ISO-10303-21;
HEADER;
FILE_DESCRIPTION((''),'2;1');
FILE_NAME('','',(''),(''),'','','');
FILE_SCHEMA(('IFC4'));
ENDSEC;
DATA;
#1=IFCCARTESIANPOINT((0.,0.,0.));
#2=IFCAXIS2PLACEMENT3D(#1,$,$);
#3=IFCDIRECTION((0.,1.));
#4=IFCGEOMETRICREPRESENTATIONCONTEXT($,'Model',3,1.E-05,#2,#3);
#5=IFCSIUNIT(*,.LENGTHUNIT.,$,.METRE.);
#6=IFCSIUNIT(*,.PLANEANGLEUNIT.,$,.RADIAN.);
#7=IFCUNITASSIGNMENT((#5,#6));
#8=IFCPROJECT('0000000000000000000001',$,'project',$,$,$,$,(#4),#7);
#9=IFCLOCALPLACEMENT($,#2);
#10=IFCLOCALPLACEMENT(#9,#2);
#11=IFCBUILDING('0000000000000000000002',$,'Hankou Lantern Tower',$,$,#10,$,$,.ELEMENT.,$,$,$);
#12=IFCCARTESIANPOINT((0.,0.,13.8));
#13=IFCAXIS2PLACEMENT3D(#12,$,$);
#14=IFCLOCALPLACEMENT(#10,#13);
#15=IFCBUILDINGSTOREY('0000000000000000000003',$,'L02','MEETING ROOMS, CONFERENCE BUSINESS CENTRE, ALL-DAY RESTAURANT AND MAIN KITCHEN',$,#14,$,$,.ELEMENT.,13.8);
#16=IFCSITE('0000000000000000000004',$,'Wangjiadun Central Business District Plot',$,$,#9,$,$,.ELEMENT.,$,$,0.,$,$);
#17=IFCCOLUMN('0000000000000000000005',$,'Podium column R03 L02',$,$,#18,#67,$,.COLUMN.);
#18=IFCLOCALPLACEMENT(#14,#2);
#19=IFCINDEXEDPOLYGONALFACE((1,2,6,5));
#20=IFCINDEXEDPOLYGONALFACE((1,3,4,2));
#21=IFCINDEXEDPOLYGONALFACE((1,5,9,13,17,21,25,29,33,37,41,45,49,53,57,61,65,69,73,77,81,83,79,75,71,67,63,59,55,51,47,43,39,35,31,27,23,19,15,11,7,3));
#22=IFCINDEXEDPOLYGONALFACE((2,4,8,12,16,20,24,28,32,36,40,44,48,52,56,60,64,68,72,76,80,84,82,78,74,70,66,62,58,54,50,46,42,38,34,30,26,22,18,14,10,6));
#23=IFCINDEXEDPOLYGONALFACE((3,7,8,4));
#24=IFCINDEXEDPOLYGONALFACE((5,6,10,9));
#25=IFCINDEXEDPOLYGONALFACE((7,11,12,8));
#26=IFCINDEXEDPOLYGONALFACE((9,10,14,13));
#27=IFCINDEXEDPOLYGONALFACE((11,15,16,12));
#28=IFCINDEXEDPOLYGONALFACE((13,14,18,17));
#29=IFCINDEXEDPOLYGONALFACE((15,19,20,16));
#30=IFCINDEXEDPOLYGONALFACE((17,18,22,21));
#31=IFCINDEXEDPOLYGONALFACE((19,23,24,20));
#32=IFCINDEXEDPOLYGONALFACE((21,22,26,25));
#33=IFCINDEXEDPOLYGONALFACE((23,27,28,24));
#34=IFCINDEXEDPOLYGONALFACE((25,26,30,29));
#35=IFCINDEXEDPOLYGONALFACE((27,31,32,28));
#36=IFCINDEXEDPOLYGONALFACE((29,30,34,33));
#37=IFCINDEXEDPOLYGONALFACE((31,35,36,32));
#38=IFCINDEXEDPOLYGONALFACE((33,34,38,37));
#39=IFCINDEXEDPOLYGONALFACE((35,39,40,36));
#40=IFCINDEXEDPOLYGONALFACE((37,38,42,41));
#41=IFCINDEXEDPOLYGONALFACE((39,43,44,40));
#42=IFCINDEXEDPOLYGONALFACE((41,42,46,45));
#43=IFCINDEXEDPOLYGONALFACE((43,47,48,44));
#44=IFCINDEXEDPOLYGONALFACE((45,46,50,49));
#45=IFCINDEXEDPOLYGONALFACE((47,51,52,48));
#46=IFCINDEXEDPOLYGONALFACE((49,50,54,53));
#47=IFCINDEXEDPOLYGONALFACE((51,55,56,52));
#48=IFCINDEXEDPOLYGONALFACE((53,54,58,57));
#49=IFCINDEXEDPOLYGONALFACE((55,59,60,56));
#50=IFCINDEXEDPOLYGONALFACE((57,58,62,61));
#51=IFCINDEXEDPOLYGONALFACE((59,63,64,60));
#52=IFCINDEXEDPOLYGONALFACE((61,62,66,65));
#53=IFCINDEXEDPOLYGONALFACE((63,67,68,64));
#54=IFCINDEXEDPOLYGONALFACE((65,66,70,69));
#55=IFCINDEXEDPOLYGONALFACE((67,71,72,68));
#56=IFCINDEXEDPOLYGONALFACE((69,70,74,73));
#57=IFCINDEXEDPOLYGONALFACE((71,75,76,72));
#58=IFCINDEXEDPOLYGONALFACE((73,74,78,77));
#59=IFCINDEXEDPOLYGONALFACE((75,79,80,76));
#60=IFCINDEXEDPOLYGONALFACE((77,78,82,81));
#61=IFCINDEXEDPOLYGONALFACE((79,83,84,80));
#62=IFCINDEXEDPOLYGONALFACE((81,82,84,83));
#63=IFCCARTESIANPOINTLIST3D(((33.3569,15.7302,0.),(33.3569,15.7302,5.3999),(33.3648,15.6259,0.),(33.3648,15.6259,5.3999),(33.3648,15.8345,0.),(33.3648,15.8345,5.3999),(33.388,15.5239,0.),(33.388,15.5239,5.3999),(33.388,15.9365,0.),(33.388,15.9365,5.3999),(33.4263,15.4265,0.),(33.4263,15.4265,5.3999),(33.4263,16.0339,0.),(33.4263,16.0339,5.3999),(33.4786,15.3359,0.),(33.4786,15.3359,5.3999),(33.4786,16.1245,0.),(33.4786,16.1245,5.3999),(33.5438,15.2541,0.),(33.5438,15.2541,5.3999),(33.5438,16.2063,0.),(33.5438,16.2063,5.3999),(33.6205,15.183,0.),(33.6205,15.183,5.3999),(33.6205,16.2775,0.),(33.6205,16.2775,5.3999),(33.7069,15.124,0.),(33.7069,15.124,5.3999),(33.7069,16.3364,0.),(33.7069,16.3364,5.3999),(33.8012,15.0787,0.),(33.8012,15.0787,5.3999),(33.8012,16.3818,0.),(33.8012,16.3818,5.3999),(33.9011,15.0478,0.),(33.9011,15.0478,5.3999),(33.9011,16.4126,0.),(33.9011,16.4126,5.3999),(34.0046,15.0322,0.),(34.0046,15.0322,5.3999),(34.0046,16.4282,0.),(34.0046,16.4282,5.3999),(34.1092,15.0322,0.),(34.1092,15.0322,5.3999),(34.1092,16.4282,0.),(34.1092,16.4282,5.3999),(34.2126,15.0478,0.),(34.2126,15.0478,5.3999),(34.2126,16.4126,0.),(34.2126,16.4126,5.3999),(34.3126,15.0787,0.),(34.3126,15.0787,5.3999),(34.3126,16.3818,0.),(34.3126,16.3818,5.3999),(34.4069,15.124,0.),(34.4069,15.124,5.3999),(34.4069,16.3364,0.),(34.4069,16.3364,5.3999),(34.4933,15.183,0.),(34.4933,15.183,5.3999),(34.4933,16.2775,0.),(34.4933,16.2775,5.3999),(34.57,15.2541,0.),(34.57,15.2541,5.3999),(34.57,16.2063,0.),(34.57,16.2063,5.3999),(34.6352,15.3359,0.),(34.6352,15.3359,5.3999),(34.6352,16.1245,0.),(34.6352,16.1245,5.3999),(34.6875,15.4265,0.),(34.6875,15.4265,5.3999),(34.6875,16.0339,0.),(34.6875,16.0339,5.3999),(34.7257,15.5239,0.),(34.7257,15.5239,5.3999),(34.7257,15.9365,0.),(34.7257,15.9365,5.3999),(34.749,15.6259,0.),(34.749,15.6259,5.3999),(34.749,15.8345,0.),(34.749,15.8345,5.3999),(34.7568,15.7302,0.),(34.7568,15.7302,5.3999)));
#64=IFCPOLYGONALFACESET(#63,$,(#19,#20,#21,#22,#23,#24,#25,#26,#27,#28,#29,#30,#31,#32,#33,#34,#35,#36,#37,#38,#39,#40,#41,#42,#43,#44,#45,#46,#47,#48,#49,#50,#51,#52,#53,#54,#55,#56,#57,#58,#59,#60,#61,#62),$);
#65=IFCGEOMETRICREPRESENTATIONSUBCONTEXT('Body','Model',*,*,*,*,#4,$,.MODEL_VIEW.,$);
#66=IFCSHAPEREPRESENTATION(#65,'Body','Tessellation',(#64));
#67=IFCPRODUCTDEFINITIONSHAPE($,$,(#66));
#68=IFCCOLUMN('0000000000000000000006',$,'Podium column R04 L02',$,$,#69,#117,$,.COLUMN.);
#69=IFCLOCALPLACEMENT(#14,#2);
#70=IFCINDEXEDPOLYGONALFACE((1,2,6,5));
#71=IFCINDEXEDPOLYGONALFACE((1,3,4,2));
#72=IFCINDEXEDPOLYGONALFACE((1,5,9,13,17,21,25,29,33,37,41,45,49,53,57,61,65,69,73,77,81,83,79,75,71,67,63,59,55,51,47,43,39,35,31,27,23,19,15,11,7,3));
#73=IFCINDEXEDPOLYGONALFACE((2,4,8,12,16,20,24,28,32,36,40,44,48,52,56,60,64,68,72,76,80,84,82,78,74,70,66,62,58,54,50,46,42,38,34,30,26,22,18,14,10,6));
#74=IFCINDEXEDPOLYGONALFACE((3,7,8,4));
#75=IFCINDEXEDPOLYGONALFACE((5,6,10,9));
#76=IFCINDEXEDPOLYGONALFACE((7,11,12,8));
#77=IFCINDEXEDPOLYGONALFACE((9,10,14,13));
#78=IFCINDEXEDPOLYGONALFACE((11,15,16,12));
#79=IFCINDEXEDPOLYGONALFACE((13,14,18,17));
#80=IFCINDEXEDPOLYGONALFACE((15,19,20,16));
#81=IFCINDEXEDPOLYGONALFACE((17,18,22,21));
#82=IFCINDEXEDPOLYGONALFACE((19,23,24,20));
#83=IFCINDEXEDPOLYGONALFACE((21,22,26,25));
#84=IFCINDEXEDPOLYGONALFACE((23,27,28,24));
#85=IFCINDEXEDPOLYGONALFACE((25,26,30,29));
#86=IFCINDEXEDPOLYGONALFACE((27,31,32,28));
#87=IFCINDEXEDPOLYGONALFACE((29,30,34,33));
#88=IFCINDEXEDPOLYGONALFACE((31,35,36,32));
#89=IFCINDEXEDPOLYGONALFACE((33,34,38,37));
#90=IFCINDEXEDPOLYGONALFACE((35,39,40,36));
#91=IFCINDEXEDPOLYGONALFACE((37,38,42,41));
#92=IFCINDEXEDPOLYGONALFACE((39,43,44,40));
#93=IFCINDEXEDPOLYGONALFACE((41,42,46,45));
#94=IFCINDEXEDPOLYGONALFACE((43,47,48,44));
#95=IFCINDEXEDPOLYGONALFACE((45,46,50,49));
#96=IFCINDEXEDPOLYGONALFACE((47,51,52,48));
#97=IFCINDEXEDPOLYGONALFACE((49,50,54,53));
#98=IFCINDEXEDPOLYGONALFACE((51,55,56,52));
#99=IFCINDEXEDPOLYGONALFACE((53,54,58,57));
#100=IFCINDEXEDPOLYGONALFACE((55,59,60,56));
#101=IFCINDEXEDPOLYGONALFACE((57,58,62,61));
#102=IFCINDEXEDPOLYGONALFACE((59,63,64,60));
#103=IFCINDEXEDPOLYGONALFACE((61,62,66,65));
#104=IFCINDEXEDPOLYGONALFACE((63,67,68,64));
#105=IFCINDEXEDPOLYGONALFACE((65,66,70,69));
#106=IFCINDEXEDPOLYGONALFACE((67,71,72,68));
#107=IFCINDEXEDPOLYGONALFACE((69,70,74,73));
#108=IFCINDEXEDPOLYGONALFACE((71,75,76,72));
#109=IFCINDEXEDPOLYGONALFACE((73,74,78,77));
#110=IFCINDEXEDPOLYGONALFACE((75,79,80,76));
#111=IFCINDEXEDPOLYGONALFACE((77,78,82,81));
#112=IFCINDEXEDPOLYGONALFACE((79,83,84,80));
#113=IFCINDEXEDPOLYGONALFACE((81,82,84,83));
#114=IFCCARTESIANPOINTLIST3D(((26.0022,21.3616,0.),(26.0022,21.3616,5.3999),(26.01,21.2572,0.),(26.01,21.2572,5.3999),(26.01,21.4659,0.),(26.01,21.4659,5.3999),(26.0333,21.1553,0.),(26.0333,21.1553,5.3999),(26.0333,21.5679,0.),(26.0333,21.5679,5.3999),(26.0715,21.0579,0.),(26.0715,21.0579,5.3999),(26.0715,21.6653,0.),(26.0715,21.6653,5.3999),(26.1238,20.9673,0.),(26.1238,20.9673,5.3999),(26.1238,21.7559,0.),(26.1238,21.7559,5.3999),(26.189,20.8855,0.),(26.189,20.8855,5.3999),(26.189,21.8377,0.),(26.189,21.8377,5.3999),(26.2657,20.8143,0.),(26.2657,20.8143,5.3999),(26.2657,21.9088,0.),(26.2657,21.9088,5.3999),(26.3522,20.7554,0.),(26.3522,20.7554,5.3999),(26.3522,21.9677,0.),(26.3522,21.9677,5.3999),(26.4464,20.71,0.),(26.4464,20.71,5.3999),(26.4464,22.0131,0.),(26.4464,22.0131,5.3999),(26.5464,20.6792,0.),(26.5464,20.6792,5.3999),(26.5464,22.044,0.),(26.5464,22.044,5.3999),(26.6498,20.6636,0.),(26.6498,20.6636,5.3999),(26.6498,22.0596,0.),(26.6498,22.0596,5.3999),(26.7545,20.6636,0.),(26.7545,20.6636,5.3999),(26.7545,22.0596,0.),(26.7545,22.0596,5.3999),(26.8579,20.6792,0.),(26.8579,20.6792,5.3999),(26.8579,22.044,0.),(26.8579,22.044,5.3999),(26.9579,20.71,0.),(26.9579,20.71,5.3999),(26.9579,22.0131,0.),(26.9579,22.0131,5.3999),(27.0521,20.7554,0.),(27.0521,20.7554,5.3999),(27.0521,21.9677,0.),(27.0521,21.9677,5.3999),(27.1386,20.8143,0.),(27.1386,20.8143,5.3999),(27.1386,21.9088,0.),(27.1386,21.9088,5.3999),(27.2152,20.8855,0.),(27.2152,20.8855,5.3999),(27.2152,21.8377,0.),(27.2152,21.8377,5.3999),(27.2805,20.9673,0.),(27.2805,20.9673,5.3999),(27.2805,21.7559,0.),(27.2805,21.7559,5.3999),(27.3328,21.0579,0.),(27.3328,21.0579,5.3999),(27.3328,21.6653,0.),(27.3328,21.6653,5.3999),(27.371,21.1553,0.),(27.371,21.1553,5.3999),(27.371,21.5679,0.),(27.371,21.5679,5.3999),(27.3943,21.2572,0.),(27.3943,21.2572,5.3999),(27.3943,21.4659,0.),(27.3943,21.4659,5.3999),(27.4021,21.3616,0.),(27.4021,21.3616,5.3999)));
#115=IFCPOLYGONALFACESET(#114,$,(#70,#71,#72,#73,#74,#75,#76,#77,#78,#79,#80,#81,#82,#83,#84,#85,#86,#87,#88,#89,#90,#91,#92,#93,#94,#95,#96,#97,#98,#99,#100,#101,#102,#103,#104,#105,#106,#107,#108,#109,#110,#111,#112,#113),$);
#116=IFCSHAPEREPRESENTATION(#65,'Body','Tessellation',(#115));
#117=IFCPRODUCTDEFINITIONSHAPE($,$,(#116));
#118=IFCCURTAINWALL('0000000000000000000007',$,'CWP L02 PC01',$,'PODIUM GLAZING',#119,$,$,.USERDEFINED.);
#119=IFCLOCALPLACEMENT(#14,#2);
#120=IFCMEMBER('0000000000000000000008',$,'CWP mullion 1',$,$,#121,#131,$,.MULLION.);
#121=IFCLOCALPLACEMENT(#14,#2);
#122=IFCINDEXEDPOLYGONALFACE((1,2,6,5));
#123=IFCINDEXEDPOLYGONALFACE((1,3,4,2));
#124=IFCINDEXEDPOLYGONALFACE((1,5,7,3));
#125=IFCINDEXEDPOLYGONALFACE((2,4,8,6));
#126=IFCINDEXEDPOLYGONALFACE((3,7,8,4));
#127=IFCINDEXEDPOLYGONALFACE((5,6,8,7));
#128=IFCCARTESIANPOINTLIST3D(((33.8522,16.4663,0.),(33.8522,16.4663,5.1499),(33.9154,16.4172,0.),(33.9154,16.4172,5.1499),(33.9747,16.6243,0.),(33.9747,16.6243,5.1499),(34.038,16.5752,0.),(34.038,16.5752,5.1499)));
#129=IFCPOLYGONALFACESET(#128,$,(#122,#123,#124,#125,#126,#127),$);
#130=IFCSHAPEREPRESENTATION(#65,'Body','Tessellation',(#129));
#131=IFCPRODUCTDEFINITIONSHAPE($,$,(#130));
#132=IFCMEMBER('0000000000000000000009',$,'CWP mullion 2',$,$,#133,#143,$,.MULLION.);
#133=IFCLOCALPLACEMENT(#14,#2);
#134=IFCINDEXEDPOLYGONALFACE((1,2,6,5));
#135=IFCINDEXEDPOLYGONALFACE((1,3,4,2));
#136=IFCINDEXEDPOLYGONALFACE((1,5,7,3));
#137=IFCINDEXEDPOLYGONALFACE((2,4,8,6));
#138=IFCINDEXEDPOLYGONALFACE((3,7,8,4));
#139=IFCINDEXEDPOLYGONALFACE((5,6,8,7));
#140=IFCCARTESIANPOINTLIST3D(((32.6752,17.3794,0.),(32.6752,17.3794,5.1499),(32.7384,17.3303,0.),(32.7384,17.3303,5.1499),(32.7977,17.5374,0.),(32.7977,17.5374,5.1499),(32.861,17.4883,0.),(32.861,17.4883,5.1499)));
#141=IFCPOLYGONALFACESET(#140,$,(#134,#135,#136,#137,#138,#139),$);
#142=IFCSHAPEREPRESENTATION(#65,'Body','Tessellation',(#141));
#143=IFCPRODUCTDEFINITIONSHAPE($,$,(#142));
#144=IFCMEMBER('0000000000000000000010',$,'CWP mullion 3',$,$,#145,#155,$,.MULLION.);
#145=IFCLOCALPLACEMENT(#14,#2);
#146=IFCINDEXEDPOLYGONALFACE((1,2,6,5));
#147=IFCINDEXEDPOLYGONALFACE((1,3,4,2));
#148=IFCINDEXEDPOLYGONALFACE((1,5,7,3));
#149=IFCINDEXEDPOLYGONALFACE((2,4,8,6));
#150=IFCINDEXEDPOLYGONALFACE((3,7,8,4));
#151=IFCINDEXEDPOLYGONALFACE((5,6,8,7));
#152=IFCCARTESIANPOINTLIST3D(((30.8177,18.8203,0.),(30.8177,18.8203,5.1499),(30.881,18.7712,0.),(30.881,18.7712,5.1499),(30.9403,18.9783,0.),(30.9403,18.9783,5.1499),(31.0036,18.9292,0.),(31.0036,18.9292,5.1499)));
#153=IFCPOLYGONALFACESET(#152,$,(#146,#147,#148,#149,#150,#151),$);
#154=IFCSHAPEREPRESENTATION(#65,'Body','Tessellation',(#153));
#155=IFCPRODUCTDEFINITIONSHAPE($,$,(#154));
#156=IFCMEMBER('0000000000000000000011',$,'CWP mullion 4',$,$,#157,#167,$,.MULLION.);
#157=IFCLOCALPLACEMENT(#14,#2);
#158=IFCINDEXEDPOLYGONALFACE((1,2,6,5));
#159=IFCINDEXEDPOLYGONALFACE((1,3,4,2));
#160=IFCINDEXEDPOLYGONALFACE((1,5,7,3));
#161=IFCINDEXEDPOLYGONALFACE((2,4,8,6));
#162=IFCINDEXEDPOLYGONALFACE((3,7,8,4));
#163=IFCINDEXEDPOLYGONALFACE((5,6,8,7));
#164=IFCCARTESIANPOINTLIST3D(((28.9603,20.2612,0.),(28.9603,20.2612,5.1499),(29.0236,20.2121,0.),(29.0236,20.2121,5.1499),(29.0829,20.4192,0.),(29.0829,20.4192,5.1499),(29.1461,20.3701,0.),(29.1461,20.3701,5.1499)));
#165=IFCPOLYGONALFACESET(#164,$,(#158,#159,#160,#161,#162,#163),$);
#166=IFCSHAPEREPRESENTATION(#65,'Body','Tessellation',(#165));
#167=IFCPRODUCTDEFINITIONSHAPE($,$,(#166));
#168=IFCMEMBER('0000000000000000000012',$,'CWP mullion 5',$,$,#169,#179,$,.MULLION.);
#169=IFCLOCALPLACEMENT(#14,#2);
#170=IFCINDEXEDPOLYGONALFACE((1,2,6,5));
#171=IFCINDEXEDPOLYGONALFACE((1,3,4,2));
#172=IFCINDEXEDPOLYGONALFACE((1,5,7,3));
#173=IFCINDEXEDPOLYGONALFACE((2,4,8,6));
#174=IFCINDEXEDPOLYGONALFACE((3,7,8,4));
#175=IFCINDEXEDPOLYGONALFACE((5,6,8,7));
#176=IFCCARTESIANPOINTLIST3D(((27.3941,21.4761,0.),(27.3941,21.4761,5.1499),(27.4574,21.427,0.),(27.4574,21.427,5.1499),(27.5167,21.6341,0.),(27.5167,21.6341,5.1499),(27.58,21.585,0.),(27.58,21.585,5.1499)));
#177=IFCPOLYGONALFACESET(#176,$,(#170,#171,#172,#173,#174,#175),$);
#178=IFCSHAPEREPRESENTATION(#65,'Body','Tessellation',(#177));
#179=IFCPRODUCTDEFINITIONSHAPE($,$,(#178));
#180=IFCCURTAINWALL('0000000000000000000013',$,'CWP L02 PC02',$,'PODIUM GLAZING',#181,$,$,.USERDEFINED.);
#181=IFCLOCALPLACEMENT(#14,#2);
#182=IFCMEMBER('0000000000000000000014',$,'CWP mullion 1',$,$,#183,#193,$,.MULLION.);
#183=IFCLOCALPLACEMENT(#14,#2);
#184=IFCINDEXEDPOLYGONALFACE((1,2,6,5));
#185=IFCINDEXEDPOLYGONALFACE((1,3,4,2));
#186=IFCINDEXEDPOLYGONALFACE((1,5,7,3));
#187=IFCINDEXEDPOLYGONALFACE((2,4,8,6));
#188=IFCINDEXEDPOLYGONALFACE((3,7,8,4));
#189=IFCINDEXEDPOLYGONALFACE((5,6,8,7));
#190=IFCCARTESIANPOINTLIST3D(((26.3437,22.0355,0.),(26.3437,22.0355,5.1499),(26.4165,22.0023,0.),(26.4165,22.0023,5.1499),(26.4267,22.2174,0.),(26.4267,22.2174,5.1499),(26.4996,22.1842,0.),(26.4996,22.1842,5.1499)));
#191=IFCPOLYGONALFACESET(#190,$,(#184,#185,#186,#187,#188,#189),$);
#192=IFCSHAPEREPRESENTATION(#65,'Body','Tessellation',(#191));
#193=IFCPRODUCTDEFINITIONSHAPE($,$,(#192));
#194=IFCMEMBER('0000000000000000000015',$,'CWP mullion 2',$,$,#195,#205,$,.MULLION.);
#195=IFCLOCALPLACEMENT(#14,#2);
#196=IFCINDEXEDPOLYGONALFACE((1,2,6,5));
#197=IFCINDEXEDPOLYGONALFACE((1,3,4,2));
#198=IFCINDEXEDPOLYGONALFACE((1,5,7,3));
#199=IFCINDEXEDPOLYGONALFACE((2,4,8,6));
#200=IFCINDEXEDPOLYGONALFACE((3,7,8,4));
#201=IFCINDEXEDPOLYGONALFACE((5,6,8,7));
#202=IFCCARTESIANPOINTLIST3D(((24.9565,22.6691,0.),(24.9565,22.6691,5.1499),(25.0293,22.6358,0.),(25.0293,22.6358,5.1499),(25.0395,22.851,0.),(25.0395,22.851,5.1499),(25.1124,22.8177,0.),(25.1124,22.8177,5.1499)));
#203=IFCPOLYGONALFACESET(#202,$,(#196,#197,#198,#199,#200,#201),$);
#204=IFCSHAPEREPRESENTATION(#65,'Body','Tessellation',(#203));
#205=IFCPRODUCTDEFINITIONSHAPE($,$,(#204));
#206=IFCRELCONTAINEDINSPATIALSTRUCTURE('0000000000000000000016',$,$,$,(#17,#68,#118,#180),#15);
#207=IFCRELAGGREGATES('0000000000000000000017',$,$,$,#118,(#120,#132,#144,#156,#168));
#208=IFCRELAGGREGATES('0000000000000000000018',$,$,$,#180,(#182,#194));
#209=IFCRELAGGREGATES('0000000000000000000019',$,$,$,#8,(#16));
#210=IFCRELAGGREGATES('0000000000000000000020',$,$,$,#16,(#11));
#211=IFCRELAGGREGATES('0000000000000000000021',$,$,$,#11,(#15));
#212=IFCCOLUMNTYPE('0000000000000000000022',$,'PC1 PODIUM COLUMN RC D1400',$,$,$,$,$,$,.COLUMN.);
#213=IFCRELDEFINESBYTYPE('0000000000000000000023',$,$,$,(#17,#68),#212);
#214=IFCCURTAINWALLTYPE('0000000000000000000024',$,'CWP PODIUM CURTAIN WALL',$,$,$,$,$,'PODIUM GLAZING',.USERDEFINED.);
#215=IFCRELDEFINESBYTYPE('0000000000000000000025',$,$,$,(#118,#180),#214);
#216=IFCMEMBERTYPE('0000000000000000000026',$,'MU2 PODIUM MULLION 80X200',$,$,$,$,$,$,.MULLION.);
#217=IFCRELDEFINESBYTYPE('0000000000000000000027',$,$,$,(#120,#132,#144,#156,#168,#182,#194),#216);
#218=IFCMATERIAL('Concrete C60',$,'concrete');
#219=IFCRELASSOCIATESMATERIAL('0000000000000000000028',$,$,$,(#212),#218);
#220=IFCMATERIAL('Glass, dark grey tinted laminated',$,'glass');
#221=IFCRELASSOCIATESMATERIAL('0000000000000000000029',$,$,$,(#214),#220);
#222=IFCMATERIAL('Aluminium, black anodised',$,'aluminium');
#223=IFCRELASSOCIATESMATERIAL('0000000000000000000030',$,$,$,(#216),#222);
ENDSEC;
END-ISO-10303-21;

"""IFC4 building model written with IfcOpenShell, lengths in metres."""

from ifc_helpers import new_model, si_unit, direction, frame, origin, origin_2d, place, context, subcontext, project, spatial, rectangle, circle, extrude, material, material_profile, profile_set, type_object, element, aggregate, save


model = new_model("IFC4")

# Units and contexts
model_context = context("Model", 3, precision=1e-05, world=origin(), true_north=direction((0.0, 1.0)))
body_context = subcontext(model_context, "Body", "Model", "MODEL_VIEW")
ifc_project = project(units=[si_unit("LENGTHUNIT", "METRE"), si_unit("PLANEANGLEUNIT", "RADIAN")], contexts=[model_context])

# Site, building, storey
site_placement = place(None, origin())
site = spatial("IfcSite", under=ifc_project, at=site_placement, Name="Wangjiadun Central Business District Plot", CompositionType="ELEMENT", RefElevation=0.0)
building_placement = place(site_placement, origin())
building = spatial("IfcBuilding", under=site, at=building_placement, Name="Hankou Lantern Tower", CompositionType="ELEMENT")
storey_placement = place(building_placement, frame((0.0, 0.0, 13.8)))
storey = spatial("IfcBuildingStorey", under=building, at=storey_placement, Name="L02", Description="MEETING ROOMS, CONFERENCE BUSINESS CENTRE, ALL-DAY RESTAURANT AND MAIN KITCHEN", CompositionType="ELEMENT", Elevation=13.8)

# Columns
ifc_material_1 = material(Name="Concrete C60", Category="concrete")
ifc_material_profile_1 = material_profile(ifc_material_1, circle(Radius=0.7, at=origin_2d()), Name="RC D1400")
ifc_profile_set_1 = profile_set([ifc_material_profile_1], Name="Concrete C60")
column_type = type_object("IfcColumnType", Name="PC1 PODIUM COLUMN RC D1400", PredefinedType="COLUMN", material=ifc_profile_set_1)
for number, where, z_axis, x_axis, name in (
    (1, (34.0569, 15.7302, 0.0), (0.0, 0.0, 1.0), (1.0, 0.0, 0.0), "Podium column R03 L02"),
    (2, (26.7021, 21.3616, 0.0), (0.0, 0.0, 1.0), (1.0, 0.0, 0.0), "Podium column R04 L02"),
):
    element("IfcColumn", number, at=place(storey_placement, frame(where, z_axis=z_axis, x_axis=x_axis)), inside=storey, type_object=column_type, Name=name, PredefinedType="COLUMN", context=body_context, shape_type="SweptSolid", body=[
        extrude(circle(Radius=0.7, at=origin_2d()), origin(), (0.0, 0.0, 1.0), 5.3999),
    ])

# Curtain walls, members
ifc_material_2 = material(Name="Glass, dark grey tinted laminated", Category="glass")
curtain_wall_type = type_object("IfcCurtainWallType", Name="CWP PODIUM CURTAIN WALL", ElementType="PODIUM GLAZING", PredefinedType="USERDEFINED", material=ifc_material_2)
curtain_wall_1_placement = place(storey_placement, origin())
curtain_wall_1 = element("IfcCurtainWall", 3, at=curtain_wall_1_placement, inside=storey, type_object=curtain_wall_type, Name="CWP L02 PC01", ObjectType="PODIUM GLAZING", PredefinedType="USERDEFINED")
ifc_material_3 = material(Name="Aluminium, black anodised", Category="aluminium")
ifc_material_profile_2 = material_profile(ifc_material_3, rectangle(XDim=0.0801, YDim=0.2, at=origin_2d()), Name="MU2 80X200")
ifc_profile_set_2 = profile_set([ifc_material_profile_2], Name="Aluminium, black anodised")
member_type_1 = type_object("IfcMemberType", Name="MU2 PODIUM MULLION 80X200", PredefinedType="MULLION", material=ifc_profile_set_2)
member_1_placement = place(storey_placement, frame((33.9451, 16.5208, 0.0), z_axis=(0.0, 0.0, 1.0), x_axis=(-0.79013, 0.61294, 0.0)))
member_1 = element("IfcMember", 4, at=member_1_placement, type_object=member_type_1, Name="CWP mullion 1", PredefinedType="MULLION", context=body_context, shape_type="SweptSolid", body=[
    extrude(rectangle(XDim=0.0801, YDim=0.2, at=origin_2d()), origin(), (0.0, 0.0, 1.0), 5.1499),
])
member_2_placement = place(storey_placement, frame((32.7681, 17.4338, 0.0), z_axis=(0.0, 0.0, 1.0), x_axis=(-0.79013, 0.61294, 0.0)))
member_2 = element("IfcMember", 5, at=member_2_placement, type_object=member_type_1, Name="CWP mullion 2", PredefinedType="MULLION", context=body_context, shape_type="SweptSolid", body=[
    extrude(rectangle(XDim=0.0801, YDim=0.2, at=origin_2d()), origin(), (0.0, 0.0, 1.0), 5.1499),
])
member_3_placement = place(storey_placement, frame((30.9106, 18.8748, 0.0), z_axis=(0.0, 0.0, 1.0), x_axis=(-0.79013, 0.61294, 0.0)))
member_3 = element("IfcMember", 6, at=member_3_placement, type_object=member_type_1, Name="CWP mullion 3", PredefinedType="MULLION", context=body_context, shape_type="SweptSolid", body=[
    extrude(rectangle(XDim=0.0801, YDim=0.2, at=origin_2d()), origin(), (0.0, 0.0, 1.0), 5.1499),
])
member_4_placement = place(storey_placement, frame((29.0532, 20.3157, 0.0), z_axis=(0.0, 0.0, 1.0), x_axis=(-0.79013, 0.61294, 0.0)))
member_4 = element("IfcMember", 7, at=member_4_placement, type_object=member_type_1, Name="CWP mullion 4", PredefinedType="MULLION", context=body_context, shape_type="SweptSolid", body=[
    extrude(rectangle(XDim=0.0801, YDim=0.2, at=origin_2d()), origin(), (0.0, 0.0, 1.0), 5.1499),
])
member_5_placement = place(storey_placement, frame((27.4871, 21.5305, 0.0), z_axis=(0.0, 0.0, 1.0), x_axis=(-0.79013, 0.61294, 0.0)))
member_5 = element("IfcMember", 8, at=member_5_placement, type_object=member_type_1, Name="CWP mullion 5", PredefinedType="MULLION", context=body_context, shape_type="SweptSolid", body=[
    extrude(rectangle(XDim=0.0801, YDim=0.2, at=origin_2d()), origin(), (0.0, 0.0, 1.0), 5.1499),
])
curtain_wall_2_placement = place(storey_placement, origin())
curtain_wall_2 = element("IfcCurtainWall", 9, at=curtain_wall_2_placement, inside=storey, type_object=curtain_wall_type, Name="CWP L02 PC02", ObjectType="PODIUM GLAZING", PredefinedType="USERDEFINED")
member_6_placement = place(storey_placement, frame((26.4216, 22.1099, 0.0), z_axis=(0.0, 0.0, 1.0), x_axis=(-0.90967, 0.415332, 0.0)))
member_6 = element("IfcMember", 10, at=member_6_placement, type_object=member_type_1, Name="CWP mullion 1", PredefinedType="MULLION", context=body_context, shape_type="SweptSolid", body=[
    extrude(rectangle(XDim=0.0801, YDim=0.2, at=origin_2d()), origin(), (0.0, 0.0, 1.0), 5.1499),
])
member_7_placement = place(storey_placement, frame((25.0344, 22.7434, 0.0), z_axis=(0.0, 0.0, 1.0), x_axis=(-0.90967, 0.415332, 0.0)))
member_7 = element("IfcMember", 11, at=member_7_placement, type_object=member_type_1, Name="CWP mullion 2", PredefinedType="MULLION", context=body_context, shape_type="SweptSolid", body=[
    extrude(rectangle(XDim=0.0801, YDim=0.2, at=origin_2d()), origin(), (0.0, 0.0, 1.0), 5.1499),
])

aggregate(curtain_wall_1, [member_1, member_2, member_3, member_4, member_5])
aggregate(curtain_wall_2, [member_6, member_7])

save(model, "model.ifc")
